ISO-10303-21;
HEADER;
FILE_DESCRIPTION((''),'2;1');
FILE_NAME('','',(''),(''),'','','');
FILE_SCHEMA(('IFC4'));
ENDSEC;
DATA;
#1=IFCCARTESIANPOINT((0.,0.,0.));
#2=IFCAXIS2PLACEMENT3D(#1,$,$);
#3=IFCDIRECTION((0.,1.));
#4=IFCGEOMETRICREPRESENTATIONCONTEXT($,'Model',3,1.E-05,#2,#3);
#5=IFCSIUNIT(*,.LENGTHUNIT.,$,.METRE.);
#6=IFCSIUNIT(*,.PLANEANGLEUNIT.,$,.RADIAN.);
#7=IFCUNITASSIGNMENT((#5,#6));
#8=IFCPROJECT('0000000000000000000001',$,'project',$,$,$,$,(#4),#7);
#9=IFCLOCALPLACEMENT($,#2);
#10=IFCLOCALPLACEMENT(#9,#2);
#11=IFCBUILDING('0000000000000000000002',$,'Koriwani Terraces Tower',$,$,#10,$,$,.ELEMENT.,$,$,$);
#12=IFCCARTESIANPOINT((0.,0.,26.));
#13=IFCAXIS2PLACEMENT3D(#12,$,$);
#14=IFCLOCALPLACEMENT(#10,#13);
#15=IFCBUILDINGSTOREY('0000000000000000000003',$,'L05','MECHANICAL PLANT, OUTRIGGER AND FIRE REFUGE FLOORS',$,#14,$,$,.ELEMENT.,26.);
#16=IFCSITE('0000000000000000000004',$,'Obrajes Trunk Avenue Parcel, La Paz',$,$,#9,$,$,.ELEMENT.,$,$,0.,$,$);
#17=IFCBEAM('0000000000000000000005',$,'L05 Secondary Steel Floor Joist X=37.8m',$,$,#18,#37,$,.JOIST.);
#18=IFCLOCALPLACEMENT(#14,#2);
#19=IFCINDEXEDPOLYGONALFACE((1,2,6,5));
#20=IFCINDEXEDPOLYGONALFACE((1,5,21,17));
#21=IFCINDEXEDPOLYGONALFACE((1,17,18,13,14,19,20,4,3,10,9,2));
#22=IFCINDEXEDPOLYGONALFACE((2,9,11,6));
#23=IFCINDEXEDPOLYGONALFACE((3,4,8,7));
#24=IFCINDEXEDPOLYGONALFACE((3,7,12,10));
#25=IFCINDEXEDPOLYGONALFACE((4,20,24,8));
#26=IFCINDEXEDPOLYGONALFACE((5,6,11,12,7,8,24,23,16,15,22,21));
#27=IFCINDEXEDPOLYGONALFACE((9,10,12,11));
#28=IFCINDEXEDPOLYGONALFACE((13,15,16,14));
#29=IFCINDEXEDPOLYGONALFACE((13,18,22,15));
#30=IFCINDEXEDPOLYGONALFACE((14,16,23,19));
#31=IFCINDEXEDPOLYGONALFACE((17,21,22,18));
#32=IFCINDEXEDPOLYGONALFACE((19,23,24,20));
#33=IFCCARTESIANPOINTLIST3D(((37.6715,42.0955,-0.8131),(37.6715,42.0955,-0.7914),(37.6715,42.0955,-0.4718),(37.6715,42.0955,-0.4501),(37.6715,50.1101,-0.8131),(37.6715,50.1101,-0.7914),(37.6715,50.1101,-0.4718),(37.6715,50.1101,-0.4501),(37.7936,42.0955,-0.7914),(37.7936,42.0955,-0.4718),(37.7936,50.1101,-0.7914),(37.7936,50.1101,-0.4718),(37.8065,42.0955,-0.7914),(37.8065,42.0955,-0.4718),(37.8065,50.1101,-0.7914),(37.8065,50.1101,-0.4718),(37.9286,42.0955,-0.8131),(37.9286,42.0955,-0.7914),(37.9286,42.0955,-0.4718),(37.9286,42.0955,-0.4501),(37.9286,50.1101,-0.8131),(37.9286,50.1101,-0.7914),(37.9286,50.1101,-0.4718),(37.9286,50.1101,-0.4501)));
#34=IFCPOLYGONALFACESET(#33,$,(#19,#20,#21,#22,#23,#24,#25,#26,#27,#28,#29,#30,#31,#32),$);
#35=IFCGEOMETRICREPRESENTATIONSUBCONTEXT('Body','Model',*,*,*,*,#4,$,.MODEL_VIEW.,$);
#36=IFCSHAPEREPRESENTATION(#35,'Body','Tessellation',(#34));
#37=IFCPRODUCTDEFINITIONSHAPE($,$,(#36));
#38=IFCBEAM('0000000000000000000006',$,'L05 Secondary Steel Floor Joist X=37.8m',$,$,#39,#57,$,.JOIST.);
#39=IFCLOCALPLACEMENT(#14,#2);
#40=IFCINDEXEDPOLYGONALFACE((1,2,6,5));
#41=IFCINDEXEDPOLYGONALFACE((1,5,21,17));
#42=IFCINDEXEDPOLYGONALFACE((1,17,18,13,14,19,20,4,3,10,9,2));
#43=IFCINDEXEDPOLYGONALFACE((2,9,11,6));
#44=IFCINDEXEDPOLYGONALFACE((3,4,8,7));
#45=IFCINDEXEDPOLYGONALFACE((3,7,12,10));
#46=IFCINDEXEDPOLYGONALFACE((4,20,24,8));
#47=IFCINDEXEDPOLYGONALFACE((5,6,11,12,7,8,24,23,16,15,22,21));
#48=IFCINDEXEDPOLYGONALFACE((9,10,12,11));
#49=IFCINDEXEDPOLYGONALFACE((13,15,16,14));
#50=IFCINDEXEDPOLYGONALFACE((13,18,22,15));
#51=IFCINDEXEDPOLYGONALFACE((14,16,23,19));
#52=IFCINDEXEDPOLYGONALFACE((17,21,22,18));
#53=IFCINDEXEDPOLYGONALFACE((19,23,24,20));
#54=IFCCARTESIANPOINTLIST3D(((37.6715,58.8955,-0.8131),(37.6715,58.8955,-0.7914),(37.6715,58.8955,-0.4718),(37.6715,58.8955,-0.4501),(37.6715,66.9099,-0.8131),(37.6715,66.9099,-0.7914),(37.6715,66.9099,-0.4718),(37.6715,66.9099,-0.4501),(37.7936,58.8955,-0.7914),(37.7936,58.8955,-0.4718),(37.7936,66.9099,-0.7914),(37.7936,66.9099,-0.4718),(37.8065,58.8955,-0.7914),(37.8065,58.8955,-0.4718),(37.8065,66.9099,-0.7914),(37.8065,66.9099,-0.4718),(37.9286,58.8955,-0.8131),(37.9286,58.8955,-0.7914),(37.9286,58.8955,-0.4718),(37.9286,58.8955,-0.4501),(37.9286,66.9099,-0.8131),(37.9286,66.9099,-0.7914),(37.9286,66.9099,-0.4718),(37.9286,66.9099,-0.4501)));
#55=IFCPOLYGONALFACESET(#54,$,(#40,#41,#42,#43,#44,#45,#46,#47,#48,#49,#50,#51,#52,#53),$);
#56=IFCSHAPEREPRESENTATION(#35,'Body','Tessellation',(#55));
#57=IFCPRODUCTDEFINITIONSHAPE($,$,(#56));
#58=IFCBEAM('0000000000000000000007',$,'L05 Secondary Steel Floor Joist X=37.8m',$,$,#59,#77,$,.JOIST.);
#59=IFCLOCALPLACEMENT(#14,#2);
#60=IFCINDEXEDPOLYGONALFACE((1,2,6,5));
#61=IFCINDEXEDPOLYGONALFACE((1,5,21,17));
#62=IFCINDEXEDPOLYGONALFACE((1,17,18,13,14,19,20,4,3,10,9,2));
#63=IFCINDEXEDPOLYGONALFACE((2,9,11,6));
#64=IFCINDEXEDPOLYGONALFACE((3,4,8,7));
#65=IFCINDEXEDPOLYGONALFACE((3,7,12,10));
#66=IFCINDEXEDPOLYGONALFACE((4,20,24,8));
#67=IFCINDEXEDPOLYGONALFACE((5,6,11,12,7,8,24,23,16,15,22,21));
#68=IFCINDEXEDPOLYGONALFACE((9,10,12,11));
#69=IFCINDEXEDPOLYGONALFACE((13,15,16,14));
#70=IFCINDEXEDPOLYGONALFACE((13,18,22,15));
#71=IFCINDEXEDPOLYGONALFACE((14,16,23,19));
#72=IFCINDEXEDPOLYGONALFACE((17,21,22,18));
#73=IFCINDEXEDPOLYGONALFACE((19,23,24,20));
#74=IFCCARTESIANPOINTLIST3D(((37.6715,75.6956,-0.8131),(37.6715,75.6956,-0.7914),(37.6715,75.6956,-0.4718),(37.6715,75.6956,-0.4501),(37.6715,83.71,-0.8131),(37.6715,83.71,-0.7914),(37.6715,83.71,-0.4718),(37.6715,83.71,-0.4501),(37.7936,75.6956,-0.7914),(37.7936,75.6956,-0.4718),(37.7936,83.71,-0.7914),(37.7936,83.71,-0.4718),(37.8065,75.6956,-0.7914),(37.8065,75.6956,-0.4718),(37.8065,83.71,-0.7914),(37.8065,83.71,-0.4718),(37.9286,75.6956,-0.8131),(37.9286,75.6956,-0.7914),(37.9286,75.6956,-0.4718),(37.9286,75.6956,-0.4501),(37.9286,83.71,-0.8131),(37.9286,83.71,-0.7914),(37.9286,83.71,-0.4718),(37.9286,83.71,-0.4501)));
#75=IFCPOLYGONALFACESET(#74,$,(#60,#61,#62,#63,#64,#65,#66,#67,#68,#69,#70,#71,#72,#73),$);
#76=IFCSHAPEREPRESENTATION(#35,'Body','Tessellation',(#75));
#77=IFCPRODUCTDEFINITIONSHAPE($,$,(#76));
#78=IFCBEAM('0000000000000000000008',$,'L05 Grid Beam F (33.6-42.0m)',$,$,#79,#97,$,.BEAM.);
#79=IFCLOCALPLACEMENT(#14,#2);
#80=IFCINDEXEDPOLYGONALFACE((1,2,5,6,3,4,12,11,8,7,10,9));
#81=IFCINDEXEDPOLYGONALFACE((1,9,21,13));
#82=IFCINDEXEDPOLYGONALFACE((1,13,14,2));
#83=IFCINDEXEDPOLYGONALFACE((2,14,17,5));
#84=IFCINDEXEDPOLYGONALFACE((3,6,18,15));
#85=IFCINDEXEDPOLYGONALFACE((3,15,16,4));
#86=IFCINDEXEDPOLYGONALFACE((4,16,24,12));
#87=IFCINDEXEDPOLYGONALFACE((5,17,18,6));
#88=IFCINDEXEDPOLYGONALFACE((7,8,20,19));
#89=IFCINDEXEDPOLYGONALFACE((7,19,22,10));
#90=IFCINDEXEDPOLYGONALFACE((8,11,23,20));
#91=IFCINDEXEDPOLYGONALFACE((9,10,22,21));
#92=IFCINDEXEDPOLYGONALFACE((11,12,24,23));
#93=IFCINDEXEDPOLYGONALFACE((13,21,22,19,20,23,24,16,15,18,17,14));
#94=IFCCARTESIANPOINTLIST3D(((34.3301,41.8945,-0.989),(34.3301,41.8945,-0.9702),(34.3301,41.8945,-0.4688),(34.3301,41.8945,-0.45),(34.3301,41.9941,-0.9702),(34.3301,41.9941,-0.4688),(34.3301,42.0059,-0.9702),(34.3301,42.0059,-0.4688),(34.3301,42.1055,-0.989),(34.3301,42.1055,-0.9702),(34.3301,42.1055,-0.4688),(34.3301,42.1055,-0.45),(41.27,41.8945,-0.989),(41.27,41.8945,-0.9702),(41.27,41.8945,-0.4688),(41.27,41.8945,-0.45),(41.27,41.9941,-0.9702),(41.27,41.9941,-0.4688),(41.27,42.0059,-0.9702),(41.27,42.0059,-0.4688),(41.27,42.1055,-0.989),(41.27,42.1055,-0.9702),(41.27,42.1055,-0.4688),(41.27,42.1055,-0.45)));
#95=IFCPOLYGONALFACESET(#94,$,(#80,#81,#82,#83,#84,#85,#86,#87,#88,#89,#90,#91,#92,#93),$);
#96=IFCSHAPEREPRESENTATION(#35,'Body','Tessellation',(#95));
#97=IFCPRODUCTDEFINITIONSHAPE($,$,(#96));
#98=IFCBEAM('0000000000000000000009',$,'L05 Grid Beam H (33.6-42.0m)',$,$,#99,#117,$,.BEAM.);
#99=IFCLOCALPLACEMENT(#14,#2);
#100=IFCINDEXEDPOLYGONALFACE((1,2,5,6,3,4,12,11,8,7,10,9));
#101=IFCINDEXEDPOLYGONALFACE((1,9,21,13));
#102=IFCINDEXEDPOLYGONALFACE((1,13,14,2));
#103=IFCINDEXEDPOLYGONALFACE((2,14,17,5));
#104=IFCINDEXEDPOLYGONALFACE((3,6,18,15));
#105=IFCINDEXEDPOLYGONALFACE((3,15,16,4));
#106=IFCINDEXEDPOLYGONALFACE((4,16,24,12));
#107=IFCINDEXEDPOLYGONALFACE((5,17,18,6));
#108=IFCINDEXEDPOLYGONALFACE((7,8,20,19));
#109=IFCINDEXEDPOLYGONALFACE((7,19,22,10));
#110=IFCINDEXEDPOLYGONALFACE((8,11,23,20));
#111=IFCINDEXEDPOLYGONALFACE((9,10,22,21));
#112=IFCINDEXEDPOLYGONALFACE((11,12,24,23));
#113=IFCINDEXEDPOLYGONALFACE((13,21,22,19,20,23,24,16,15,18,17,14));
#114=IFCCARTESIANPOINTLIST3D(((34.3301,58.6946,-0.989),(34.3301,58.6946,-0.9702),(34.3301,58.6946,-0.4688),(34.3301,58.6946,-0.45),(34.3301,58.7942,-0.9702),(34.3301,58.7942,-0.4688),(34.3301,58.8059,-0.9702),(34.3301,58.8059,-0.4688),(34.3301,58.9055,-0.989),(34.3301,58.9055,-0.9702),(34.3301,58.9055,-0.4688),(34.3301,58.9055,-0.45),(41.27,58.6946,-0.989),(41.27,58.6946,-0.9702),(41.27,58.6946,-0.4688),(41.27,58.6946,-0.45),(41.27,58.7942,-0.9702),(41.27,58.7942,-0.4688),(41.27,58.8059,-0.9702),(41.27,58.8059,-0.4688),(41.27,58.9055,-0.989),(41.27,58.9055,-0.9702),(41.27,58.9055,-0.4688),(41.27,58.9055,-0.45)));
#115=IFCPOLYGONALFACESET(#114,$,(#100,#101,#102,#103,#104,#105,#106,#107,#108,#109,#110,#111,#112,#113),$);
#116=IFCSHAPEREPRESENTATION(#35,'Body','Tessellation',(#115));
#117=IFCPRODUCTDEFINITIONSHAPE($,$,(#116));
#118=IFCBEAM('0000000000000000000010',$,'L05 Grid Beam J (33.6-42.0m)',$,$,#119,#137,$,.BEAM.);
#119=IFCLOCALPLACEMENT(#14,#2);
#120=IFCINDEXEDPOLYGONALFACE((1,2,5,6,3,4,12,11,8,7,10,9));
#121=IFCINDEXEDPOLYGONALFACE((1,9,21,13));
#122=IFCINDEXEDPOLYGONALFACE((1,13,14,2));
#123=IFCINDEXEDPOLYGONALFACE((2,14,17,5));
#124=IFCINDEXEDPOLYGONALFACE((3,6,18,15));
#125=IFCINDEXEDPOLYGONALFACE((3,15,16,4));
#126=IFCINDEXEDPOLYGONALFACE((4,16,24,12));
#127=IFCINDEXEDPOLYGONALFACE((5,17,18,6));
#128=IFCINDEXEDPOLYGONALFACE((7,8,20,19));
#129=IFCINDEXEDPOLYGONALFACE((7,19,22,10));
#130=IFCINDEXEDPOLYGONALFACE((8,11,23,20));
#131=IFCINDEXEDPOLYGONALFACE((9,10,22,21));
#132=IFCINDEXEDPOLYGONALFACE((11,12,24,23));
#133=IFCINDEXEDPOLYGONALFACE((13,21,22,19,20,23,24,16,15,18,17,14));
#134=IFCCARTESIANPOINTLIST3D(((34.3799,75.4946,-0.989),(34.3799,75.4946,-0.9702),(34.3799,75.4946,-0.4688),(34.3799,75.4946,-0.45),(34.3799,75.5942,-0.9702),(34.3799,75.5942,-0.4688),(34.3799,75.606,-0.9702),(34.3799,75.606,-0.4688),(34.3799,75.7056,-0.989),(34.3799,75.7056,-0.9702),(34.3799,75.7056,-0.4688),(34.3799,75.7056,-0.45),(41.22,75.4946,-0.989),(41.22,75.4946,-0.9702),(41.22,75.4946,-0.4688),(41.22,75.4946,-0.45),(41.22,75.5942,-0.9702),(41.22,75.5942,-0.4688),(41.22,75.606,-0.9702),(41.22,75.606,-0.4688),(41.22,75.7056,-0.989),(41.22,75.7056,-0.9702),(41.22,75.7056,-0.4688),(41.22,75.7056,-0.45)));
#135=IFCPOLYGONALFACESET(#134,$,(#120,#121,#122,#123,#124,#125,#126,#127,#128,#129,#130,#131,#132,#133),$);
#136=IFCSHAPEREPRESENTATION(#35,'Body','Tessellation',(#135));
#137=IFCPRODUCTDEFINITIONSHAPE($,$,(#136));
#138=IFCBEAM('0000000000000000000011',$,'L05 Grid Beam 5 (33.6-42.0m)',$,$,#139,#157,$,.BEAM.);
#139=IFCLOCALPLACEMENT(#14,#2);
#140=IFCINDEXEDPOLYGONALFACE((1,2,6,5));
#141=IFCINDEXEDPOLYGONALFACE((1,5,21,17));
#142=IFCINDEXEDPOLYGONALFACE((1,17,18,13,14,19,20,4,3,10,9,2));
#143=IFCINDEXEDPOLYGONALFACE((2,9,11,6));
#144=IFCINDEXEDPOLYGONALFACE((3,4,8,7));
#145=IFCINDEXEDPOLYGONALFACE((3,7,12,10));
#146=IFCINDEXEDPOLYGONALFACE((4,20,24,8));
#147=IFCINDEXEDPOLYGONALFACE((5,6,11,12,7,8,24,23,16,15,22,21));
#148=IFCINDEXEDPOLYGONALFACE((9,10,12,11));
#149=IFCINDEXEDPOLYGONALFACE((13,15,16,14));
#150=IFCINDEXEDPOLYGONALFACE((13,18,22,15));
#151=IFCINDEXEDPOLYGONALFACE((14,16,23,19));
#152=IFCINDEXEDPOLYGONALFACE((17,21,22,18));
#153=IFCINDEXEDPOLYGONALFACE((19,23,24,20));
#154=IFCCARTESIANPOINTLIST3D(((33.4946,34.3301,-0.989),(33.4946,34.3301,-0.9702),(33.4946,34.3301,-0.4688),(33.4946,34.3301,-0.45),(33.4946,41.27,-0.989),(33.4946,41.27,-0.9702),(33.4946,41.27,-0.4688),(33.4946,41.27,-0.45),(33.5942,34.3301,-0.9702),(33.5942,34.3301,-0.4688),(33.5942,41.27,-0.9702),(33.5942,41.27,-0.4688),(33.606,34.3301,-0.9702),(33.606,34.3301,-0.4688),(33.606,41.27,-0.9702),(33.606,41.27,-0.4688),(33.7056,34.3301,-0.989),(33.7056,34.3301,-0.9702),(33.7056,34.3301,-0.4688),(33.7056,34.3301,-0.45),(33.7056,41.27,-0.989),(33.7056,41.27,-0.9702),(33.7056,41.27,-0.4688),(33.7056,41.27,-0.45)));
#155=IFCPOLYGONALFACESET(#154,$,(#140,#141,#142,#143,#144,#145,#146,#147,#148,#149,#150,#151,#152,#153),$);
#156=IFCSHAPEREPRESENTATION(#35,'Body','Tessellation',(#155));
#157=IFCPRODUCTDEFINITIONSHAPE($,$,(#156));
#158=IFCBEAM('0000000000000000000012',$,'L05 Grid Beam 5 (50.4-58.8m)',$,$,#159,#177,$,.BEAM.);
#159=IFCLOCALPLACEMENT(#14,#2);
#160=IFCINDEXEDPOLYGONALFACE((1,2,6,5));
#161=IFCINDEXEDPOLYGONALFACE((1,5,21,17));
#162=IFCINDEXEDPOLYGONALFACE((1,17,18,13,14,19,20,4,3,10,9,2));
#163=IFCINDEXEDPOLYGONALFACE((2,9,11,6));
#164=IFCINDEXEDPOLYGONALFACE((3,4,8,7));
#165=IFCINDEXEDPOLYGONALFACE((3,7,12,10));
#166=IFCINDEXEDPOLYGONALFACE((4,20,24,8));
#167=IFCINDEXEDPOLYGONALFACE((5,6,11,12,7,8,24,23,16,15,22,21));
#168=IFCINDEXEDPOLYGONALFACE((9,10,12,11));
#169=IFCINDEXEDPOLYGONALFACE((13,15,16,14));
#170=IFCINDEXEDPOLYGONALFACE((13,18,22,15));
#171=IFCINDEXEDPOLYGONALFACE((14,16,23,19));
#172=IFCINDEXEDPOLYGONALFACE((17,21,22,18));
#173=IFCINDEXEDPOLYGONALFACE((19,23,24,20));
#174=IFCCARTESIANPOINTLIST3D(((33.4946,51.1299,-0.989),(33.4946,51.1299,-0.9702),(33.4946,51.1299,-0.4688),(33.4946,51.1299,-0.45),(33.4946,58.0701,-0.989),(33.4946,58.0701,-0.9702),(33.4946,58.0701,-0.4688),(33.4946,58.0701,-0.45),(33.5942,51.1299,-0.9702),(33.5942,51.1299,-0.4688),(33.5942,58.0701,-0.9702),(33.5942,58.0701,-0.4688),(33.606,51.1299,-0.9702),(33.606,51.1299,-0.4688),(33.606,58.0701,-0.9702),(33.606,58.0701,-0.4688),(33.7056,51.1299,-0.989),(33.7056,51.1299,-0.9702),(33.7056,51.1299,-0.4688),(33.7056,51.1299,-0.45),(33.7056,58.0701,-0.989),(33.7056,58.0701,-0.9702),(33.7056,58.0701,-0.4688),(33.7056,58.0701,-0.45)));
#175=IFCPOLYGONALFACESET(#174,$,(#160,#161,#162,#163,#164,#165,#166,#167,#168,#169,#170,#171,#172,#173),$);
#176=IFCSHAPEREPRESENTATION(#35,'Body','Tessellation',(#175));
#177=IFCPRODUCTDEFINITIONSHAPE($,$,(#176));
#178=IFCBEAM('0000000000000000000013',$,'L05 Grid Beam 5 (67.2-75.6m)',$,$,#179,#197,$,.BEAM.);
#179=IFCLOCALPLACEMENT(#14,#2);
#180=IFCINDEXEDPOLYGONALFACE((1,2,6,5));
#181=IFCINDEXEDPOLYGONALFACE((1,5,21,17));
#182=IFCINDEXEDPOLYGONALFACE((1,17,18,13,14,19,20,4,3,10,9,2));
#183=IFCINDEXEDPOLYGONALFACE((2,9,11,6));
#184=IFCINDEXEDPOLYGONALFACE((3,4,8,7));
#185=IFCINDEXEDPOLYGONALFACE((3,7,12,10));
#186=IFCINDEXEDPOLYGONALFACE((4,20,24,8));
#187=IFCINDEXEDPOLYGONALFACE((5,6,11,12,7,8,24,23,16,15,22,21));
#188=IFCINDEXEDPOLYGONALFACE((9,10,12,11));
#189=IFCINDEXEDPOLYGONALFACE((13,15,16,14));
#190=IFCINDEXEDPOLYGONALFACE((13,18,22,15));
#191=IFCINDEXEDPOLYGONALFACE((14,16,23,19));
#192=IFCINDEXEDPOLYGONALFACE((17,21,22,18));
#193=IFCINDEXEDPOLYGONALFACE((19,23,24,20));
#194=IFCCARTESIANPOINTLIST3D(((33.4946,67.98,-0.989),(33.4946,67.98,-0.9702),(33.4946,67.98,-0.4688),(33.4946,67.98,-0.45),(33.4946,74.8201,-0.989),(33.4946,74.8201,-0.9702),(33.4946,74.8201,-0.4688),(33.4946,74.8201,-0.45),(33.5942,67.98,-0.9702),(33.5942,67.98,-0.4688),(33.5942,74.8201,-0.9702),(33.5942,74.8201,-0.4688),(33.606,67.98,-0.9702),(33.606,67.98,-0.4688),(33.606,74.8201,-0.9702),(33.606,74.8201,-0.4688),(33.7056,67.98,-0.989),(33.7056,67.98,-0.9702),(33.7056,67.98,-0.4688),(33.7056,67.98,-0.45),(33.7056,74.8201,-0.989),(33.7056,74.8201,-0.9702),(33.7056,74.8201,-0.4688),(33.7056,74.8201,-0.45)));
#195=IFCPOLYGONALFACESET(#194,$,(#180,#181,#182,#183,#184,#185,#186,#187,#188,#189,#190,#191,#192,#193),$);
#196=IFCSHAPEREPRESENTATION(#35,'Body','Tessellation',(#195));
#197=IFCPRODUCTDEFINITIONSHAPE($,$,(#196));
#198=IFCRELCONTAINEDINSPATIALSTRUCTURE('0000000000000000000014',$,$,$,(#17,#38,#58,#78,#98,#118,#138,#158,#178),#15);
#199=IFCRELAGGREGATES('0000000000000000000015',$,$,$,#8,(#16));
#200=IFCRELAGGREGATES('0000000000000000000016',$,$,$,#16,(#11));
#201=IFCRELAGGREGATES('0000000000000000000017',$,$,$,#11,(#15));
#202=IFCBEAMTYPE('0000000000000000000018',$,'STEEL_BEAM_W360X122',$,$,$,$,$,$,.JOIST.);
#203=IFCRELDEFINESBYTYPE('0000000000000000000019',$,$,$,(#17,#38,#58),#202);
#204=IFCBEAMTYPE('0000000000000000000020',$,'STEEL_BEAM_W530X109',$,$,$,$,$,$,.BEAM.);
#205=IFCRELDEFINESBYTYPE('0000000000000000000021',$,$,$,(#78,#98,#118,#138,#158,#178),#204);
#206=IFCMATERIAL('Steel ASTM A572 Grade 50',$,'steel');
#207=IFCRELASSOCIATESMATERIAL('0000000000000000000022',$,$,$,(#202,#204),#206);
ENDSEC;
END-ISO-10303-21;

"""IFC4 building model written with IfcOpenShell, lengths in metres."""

from ifc_helpers import new_model, si_unit, direction, frame, origin, origin_2d, place, context, subcontext, project, spatial, i_section, extrude, material, material_profile, profile_set, type_object, element, save


model = new_model("IFC4")

# Units and contexts
model_context = context("Model", 3, precision=1e-05, world=origin(), true_north=direction((0.0, 1.0)))
body_context = subcontext(model_context, "Body", "Model", "MODEL_VIEW")
ifc_project = project(units=[si_unit("LENGTHUNIT", "METRE"), si_unit("PLANEANGLEUNIT", "RADIAN")], contexts=[model_context])

# Site, building, storey
site_placement = place(None, origin())
site = spatial("IfcSite", under=ifc_project, at=site_placement, Name="Obrajes Trunk Avenue Parcel, La Paz", CompositionType="ELEMENT", RefElevation=0.0)
building_placement = place(site_placement, origin())
building = spatial("IfcBuilding", under=site, at=building_placement, Name="Koriwani Terraces Tower", CompositionType="ELEMENT")
storey_placement = place(building_placement, frame((0.0, 0.0, 26.0)))
storey = spatial("IfcBuildingStorey", under=building, at=storey_placement, Name="L05", Description="MECHANICAL PLANT, OUTRIGGER AND FIRE REFUGE FLOORS", CompositionType="ELEMENT", Elevation=26.0)

# Shared definitions
ifc_material_1 = material(Name="Steel ASTM A572 Grade 50", Category="steel")

# Beams
ifc_material_profile_1 = material_profile(ifc_material_1, i_section(OverallWidth=0.2571, OverallDepth=0.363, WebThickness=0.0129, FlangeThickness=0.0217, at=origin_2d()), Name="Steel ASTM A572 Grade 50", Category="LoadBearing")
ifc_profile_set_1 = profile_set([ifc_material_profile_1], Name="Steel ASTM A572 Grade 50")
beam_type_1 = type_object("IfcBeamType", Name="STEEL_BEAM_W360X122", PredefinedType="JOIST", material=ifc_profile_set_1)
beam_1_placement = place(storey_placement, frame((37.8, 42.0955, -0.6316), z_axis=(0.0, 1.0, 0.0), x_axis=(-1.0, 0.0, 0.0)))
element("IfcBeam", 1, at=beam_1_placement, inside=storey, type_object=beam_type_1, Name="L05 Secondary Steel Floor Joist X=37.8m", PredefinedType="JOIST", context=body_context, shape_type="SweptSolid", body=[
    extrude(i_section(OverallWidth=0.2571, OverallDepth=0.363, WebThickness=0.0129, FlangeThickness=0.0217, at=origin_2d()), origin(), (0.0, 0.0, 1.0), 8.0146),
])
for number, where, z_axis, x_axis, name in (
    (2, (37.8, 58.8955, -0.6316), (0.0, 1.0, 0.0), (-1.0, 0.0, 0.0), "L05 Secondary Steel Floor Joist X=37.8m"),
    (3, (37.8, 75.6956, -0.6316), (0.0, 1.0, 0.0), (-1.0, 0.0, 0.0), "L05 Secondary Steel Floor Joist X=37.8m"),
):
    element("IfcBeam", number, at=place(storey_placement, frame(where, z_axis=z_axis, x_axis=x_axis)), inside=storey, type_object=beam_type_1, Name=name, PredefinedType="JOIST", context=body_context, shape_type="SweptSolid", body=[
        extrude(i_section(OverallWidth=0.2571, OverallDepth=0.363, WebThickness=0.0129, FlangeThickness=0.0217, at=origin_2d()), origin(), (0.0, 0.0, 1.0), 8.0144),
    ])
ifc_material_profile_2 = material_profile(ifc_material_1, i_section(OverallWidth=0.2109, OverallDepth=0.5391, WebThickness=0.0117, FlangeThickness=0.0188, at=origin_2d()), Name="Steel ASTM A572 Grade 50", Category="LoadBearing")
ifc_profile_set_2 = profile_set([ifc_material_profile_2], Name="Steel ASTM A572 Grade 50")
beam_type_2 = type_object("IfcBeamType", Name="STEEL_BEAM_W530X109", PredefinedType="BEAM", material=ifc_profile_set_2)
for number, where, z_axis, x_axis, name in (
    (4, (34.3301, 42.0, -0.7195), (1.0, 0.0, 0.0), (0.0, 1.0, 0.0), "L05 Grid Beam F (33.6-42.0m)"),
    (5, (34.3301, 58.8, -0.7195), (1.0, 0.0, 0.0), (0.0, 1.0, 0.0), "L05 Grid Beam H (33.6-42.0m)"),
):
    element("IfcBeam", number, at=place(storey_placement, frame(where, z_axis=z_axis, x_axis=x_axis)), inside=storey, type_object=beam_type_2, Name=name, PredefinedType="BEAM", context=body_context, shape_type="SweptSolid", body=[
        extrude(i_section(OverallWidth=0.2109, OverallDepth=0.5391, WebThickness=0.0117, FlangeThickness=0.0188, at=origin_2d()), origin(), (0.0, 0.0, 1.0), 6.9399),
    ])
beam_2_placement = place(storey_placement, frame((34.3799, 75.6001, -0.7195), z_axis=(1.0, 0.0, 0.0), x_axis=(0.0, 1.0, 0.0)))
element("IfcBeam", 6, at=beam_2_placement, inside=storey, type_object=beam_type_2, Name="L05 Grid Beam J (33.6-42.0m)", PredefinedType="BEAM", context=body_context, shape_type="SweptSolid", body=[
    extrude(i_section(OverallWidth=0.2109, OverallDepth=0.5391, WebThickness=0.0117, FlangeThickness=0.0188, at=origin_2d()), origin(), (0.0, 0.0, 1.0), 6.8401),
])
beam_3_placement = place(storey_placement, frame((33.6001, 34.3301, -0.7195), z_axis=(0.0, 1.0, 0.0), x_axis=(-1.0, 0.0, 0.0)))
element("IfcBeam", 7, at=beam_3_placement, inside=storey, type_object=beam_type_2, Name="L05 Grid Beam 5 (33.6-42.0m)", PredefinedType="BEAM", context=body_context, shape_type="SweptSolid", body=[
    extrude(i_section(OverallWidth=0.2109, OverallDepth=0.5391, WebThickness=0.0117, FlangeThickness=0.0188, at=origin_2d()), origin(), (0.0, 0.0, 1.0), 6.9399),
])
beam_4_placement = place(storey_placement, frame((33.6001, 51.1299, -0.7195), z_axis=(0.0, 1.0, 0.0), x_axis=(-1.0, 0.0, 0.0)))
element("IfcBeam", 8, at=beam_4_placement, inside=storey, type_object=beam_type_2, Name="L05 Grid Beam 5 (50.4-58.8m)", PredefinedType="BEAM", context=body_context, shape_type="SweptSolid", body=[
    extrude(i_section(OverallWidth=0.2109, OverallDepth=0.5391, WebThickness=0.0117, FlangeThickness=0.0188, at=origin_2d()), origin(), (0.0, 0.0, 1.0), 6.9402),
])
for number, where, z_axis, x_axis, name in (
    (9, (33.6001, 67.98, -0.7195), (0.0, 1.0, 0.0), (-1.0, 0.0, 0.0), "L05 Grid Beam 5 (67.2-75.6m)"),
):
    element("IfcBeam", number, at=place(storey_placement, frame(where, z_axis=z_axis, x_axis=x_axis)), inside=storey, type_object=beam_type_2, Name=name, PredefinedType="BEAM", context=body_context, shape_type="SweptSolid", body=[
        extrude(i_section(OverallWidth=0.2109, OverallDepth=0.5391, WebThickness=0.0117, FlangeThickness=0.0188, at=origin_2d()), origin(), (0.0, 0.0, 1.0), 6.8401),
    ])

save(model, "model.ifc")
